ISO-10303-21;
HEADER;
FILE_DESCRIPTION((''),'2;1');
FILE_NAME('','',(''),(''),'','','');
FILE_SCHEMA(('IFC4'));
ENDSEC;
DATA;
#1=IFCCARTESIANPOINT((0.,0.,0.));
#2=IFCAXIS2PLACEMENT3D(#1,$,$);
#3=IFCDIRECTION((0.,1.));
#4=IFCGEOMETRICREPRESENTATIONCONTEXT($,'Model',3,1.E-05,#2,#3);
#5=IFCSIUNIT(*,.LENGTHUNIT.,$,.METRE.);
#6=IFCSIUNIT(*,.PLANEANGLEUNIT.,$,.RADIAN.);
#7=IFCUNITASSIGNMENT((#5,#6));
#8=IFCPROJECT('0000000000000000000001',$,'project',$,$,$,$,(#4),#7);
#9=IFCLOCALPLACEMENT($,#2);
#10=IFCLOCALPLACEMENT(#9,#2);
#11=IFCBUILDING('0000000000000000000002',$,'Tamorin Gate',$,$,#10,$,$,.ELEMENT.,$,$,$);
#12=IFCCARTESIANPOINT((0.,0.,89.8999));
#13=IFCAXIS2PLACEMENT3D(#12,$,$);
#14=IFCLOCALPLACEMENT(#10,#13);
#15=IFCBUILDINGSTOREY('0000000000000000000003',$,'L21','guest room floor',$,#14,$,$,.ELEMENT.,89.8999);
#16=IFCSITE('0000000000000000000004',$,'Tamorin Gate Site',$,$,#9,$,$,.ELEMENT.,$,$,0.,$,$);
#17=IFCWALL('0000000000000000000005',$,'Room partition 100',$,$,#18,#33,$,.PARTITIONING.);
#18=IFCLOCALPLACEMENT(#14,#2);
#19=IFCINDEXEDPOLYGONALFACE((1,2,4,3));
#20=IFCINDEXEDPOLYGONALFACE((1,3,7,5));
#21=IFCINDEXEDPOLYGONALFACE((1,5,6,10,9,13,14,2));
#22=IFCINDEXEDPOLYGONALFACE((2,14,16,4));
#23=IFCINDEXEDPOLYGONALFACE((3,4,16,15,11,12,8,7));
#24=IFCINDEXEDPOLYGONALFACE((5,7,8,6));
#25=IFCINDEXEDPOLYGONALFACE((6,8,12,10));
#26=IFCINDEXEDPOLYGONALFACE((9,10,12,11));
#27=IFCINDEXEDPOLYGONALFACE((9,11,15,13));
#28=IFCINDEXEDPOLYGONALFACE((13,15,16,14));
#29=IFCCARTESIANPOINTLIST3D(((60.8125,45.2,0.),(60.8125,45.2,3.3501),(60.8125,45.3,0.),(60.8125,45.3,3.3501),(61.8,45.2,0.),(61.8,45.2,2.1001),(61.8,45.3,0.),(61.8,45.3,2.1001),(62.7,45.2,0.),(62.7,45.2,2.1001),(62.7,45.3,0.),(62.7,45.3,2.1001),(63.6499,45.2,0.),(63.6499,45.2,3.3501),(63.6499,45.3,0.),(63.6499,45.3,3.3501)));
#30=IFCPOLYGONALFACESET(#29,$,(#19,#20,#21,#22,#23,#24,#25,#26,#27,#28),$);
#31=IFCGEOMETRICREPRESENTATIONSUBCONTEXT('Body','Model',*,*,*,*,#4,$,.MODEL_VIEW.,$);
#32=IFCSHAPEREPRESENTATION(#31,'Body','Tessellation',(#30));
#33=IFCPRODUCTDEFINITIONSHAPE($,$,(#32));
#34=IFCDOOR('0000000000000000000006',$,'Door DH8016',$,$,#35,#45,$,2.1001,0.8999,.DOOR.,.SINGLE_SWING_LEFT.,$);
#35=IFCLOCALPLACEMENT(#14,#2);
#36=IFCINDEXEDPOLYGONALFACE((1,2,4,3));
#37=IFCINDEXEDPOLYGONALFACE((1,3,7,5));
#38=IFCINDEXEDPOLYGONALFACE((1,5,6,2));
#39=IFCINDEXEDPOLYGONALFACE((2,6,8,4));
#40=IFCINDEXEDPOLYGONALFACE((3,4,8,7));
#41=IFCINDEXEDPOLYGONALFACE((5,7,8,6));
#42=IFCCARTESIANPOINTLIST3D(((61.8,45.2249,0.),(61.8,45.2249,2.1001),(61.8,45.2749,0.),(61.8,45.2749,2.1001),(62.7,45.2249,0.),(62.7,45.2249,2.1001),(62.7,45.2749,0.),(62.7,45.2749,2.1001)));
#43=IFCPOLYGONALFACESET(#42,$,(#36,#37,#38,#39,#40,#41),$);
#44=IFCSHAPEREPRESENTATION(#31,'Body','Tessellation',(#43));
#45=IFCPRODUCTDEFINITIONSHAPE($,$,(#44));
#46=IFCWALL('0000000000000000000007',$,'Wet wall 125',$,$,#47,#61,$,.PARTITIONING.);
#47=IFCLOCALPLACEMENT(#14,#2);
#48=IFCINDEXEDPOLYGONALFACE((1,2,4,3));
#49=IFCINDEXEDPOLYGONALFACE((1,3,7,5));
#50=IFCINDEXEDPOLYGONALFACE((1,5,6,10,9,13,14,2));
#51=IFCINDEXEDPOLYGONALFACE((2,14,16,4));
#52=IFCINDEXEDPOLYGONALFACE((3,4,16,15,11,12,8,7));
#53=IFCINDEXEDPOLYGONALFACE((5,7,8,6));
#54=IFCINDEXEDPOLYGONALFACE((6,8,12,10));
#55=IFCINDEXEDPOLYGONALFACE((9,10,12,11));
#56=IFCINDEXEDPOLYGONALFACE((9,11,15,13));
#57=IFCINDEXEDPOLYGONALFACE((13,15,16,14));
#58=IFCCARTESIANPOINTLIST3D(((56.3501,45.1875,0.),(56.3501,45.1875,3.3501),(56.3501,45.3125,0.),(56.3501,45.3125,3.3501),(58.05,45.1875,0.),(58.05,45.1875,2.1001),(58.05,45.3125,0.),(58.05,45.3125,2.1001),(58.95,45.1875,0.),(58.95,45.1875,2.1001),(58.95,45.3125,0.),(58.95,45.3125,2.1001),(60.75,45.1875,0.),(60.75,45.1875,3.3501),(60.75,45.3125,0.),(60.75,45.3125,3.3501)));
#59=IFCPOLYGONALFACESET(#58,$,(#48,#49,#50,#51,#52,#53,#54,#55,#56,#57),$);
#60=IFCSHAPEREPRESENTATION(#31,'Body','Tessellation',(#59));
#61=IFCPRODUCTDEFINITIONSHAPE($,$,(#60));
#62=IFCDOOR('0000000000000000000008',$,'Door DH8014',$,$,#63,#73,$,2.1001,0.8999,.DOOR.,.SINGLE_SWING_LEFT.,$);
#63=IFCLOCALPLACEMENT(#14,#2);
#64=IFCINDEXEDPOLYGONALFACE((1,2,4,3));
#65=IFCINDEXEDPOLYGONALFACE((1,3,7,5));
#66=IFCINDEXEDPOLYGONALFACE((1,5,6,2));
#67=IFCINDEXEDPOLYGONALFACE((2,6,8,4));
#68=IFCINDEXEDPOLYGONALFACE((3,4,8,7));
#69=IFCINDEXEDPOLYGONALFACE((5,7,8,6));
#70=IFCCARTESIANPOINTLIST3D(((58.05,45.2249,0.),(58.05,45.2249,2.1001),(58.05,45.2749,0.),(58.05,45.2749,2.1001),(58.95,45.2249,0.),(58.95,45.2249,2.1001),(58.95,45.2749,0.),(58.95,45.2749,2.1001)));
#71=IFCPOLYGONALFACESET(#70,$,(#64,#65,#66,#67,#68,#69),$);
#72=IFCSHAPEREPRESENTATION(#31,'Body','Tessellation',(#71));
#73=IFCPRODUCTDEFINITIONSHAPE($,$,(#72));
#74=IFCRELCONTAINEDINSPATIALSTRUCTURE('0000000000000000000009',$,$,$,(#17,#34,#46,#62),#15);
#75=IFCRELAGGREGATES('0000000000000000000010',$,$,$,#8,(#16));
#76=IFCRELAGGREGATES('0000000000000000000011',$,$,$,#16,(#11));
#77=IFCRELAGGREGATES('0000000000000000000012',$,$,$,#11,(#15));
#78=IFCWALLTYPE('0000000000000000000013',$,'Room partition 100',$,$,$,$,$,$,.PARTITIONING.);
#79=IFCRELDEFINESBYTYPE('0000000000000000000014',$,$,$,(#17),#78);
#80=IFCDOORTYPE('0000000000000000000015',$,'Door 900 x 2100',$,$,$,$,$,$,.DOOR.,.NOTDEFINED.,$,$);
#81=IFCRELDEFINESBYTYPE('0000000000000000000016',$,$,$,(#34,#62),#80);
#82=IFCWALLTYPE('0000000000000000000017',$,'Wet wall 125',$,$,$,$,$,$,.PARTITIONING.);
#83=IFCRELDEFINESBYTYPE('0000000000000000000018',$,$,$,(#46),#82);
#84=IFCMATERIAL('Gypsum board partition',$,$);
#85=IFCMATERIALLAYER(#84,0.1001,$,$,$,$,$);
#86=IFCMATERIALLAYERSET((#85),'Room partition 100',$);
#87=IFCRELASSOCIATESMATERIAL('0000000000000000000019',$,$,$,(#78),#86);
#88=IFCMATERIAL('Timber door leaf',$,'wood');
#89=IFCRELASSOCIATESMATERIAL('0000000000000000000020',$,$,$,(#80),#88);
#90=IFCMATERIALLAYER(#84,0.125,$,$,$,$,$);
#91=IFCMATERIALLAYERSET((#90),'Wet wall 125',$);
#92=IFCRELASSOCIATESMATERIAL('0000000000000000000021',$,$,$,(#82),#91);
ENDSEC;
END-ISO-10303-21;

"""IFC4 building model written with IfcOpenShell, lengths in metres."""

from ifc_helpers import new_model, si_unit, direction, frame, frame_2d, origin, place, context, subcontext, project, spatial, rectangle, extrude, material, layer, layer_set, type_object, element, fill, save


model = new_model("IFC4")

# Units and contexts
model_context = context("Model", 3, precision=1e-05, world=origin(), true_north=direction((0.0, 1.0)))
body_context = subcontext(model_context, "Body", "Model", "MODEL_VIEW")
ifc_project = project(units=[si_unit("LENGTHUNIT", "METRE"), si_unit("PLANEANGLEUNIT", "RADIAN")], contexts=[model_context])

# Site, building, storey
site_placement = place(None, origin())
site = spatial("IfcSite", under=ifc_project, at=site_placement, Name="Tamorin Gate Site", CompositionType="ELEMENT", RefElevation=0.0)
building_placement = place(site_placement, origin())
building = spatial("IfcBuilding", under=site, at=building_placement, Name="Tamorin Gate", CompositionType="ELEMENT")
storey_placement = place(building_placement, frame((0.0, 0.0, 89.8999)))
storey = spatial("IfcBuildingStorey", under=building, at=storey_placement, Name="L21", Description="guest room floor", CompositionType="ELEMENT", Elevation=89.8999)

# Shared definitions
ifc_material_1 = material(Name="Gypsum board partition")

# Walls, openings, doors
ifc_layer_1 = layer(ifc_material_1, 0.1001)
ifc_layer_set_1 = layer_set([ifc_layer_1], Name="Room partition 100")
wall_type_1 = type_object("IfcWallType", Name="Room partition 100", PredefinedType="PARTITIONING", material=ifc_layer_set_1)
ifc_material_2 = material(Name="Timber door leaf", Category="wood")
door_type = type_object("IfcDoorType", Name="Door 900 x 2100", OperationType="NOTDEFINED", PredefinedType="DOOR", material=ifc_material_2)
wall_1_placement = place(storey_placement, frame((60.8125, 45.25, 0.0), z_axis=(0.0, 0.0, 1.0), x_axis=(1.0, 0.0, 0.0)))
wall_1 = element("IfcWall", 1, at=wall_1_placement, inside=storey, type_object=wall_type_1, Name="Room partition 100", PredefinedType="PARTITIONING", context=body_context, shape_type="SweptSolid", body=[
    extrude(rectangle(XDim=2.8374, YDim=0.1001, at=frame_2d((1.4187, 0.0))), origin(), (0.0, 0.0, 1.0), 3.3501),
])
opening_1_placement = place(wall_1_placement, frame((0.9875, 0.0, 0.0)))
opening_1 = element("IfcOpeningElement", 2, at=opening_1_placement, cuts=wall_1, PredefinedType="OPENING", context=body_context, shape_type="SweptSolid", body=[
    extrude(rectangle(XDim=0.8999, YDim=2.1001, at=frame_2d((0.45, 1.05))), frame((0.0, 0.0601, 0.0), z_axis=(0.0, -1.0, 0.0), x_axis=(1.0, 0.0, 0.0)), (0.0, 0.0, 1.0), 0.1201),
])
door_1_placement = place(opening_1_placement, origin())
door_1 = element("IfcDoor", 3, at=door_1_placement, inside=storey, type_object=door_type, Name="Door DH8016", OperationType="SINGLE_SWING_LEFT", OverallHeight=2.1001, OverallWidth=0.8999, PredefinedType="DOOR", context=body_context, shape_type="SweptSolid", body=[
    extrude(rectangle(XDim=0.8999, YDim=2.1001, at=frame_2d((0.45, 1.05))), frame((0.0, 0.0249, 0.0), z_axis=(0.0, -1.0, 0.0), x_axis=(1.0, 0.0, 0.0)), (0.0, 0.0, 1.0), 0.05),
])
fill(opening_1, door_1)
ifc_layer_2 = layer(ifc_material_1, 0.125)
ifc_layer_set_2 = layer_set([ifc_layer_2], Name="Wet wall 125")
wall_type_2 = type_object("IfcWallType", Name="Wet wall 125", PredefinedType="PARTITIONING", material=ifc_layer_set_2)
wall_2_placement = place(storey_placement, frame((56.3501, 45.25, 0.0), z_axis=(0.0, 0.0, 1.0), x_axis=(1.0, 0.0, 0.0)))
wall_2 = element("IfcWall", 4, at=wall_2_placement, inside=storey, type_object=wall_type_2, Name="Wet wall 125", PredefinedType="PARTITIONING", context=body_context, shape_type="SweptSolid", body=[
    extrude(rectangle(XDim=4.3999, YDim=0.125, at=frame_2d((2.2, 0.0))), origin(), (0.0, 0.0, 1.0), 3.3501),
])
opening_2_placement = place(wall_2_placement, frame((1.7, 0.0, 0.0)))
opening_2 = element("IfcOpeningElement", 5, at=opening_2_placement, cuts=wall_2, PredefinedType="OPENING", context=body_context, shape_type="SweptSolid", body=[
    extrude(rectangle(XDim=0.8999, YDim=2.1001, at=frame_2d((0.45, 1.05))), frame((0.0, 0.0725, 0.0), z_axis=(0.0, -1.0, 0.0), x_axis=(1.0, 0.0, 0.0)), (0.0, 0.0, 1.0), 0.145),
])
door_2_placement = place(opening_2_placement, origin())
door_2 = element("IfcDoor", 6, at=door_2_placement, inside=storey, type_object=door_type, Name="Door DH8014", OperationType="SINGLE_SWING_LEFT", OverallHeight=2.1001, OverallWidth=0.8999, PredefinedType="DOOR", context=body_context, shape_type="SweptSolid", body=[
    extrude(rectangle(XDim=0.8999, YDim=2.1001, at=frame_2d((0.45, 1.05))), frame((0.0, 0.0249, 0.0), z_axis=(0.0, -1.0, 0.0), x_axis=(1.0, 0.0, 0.0)), (0.0, 0.0, 1.0), 0.05),
])
fill(opening_2, door_2)

save(model, "model.ifc")
